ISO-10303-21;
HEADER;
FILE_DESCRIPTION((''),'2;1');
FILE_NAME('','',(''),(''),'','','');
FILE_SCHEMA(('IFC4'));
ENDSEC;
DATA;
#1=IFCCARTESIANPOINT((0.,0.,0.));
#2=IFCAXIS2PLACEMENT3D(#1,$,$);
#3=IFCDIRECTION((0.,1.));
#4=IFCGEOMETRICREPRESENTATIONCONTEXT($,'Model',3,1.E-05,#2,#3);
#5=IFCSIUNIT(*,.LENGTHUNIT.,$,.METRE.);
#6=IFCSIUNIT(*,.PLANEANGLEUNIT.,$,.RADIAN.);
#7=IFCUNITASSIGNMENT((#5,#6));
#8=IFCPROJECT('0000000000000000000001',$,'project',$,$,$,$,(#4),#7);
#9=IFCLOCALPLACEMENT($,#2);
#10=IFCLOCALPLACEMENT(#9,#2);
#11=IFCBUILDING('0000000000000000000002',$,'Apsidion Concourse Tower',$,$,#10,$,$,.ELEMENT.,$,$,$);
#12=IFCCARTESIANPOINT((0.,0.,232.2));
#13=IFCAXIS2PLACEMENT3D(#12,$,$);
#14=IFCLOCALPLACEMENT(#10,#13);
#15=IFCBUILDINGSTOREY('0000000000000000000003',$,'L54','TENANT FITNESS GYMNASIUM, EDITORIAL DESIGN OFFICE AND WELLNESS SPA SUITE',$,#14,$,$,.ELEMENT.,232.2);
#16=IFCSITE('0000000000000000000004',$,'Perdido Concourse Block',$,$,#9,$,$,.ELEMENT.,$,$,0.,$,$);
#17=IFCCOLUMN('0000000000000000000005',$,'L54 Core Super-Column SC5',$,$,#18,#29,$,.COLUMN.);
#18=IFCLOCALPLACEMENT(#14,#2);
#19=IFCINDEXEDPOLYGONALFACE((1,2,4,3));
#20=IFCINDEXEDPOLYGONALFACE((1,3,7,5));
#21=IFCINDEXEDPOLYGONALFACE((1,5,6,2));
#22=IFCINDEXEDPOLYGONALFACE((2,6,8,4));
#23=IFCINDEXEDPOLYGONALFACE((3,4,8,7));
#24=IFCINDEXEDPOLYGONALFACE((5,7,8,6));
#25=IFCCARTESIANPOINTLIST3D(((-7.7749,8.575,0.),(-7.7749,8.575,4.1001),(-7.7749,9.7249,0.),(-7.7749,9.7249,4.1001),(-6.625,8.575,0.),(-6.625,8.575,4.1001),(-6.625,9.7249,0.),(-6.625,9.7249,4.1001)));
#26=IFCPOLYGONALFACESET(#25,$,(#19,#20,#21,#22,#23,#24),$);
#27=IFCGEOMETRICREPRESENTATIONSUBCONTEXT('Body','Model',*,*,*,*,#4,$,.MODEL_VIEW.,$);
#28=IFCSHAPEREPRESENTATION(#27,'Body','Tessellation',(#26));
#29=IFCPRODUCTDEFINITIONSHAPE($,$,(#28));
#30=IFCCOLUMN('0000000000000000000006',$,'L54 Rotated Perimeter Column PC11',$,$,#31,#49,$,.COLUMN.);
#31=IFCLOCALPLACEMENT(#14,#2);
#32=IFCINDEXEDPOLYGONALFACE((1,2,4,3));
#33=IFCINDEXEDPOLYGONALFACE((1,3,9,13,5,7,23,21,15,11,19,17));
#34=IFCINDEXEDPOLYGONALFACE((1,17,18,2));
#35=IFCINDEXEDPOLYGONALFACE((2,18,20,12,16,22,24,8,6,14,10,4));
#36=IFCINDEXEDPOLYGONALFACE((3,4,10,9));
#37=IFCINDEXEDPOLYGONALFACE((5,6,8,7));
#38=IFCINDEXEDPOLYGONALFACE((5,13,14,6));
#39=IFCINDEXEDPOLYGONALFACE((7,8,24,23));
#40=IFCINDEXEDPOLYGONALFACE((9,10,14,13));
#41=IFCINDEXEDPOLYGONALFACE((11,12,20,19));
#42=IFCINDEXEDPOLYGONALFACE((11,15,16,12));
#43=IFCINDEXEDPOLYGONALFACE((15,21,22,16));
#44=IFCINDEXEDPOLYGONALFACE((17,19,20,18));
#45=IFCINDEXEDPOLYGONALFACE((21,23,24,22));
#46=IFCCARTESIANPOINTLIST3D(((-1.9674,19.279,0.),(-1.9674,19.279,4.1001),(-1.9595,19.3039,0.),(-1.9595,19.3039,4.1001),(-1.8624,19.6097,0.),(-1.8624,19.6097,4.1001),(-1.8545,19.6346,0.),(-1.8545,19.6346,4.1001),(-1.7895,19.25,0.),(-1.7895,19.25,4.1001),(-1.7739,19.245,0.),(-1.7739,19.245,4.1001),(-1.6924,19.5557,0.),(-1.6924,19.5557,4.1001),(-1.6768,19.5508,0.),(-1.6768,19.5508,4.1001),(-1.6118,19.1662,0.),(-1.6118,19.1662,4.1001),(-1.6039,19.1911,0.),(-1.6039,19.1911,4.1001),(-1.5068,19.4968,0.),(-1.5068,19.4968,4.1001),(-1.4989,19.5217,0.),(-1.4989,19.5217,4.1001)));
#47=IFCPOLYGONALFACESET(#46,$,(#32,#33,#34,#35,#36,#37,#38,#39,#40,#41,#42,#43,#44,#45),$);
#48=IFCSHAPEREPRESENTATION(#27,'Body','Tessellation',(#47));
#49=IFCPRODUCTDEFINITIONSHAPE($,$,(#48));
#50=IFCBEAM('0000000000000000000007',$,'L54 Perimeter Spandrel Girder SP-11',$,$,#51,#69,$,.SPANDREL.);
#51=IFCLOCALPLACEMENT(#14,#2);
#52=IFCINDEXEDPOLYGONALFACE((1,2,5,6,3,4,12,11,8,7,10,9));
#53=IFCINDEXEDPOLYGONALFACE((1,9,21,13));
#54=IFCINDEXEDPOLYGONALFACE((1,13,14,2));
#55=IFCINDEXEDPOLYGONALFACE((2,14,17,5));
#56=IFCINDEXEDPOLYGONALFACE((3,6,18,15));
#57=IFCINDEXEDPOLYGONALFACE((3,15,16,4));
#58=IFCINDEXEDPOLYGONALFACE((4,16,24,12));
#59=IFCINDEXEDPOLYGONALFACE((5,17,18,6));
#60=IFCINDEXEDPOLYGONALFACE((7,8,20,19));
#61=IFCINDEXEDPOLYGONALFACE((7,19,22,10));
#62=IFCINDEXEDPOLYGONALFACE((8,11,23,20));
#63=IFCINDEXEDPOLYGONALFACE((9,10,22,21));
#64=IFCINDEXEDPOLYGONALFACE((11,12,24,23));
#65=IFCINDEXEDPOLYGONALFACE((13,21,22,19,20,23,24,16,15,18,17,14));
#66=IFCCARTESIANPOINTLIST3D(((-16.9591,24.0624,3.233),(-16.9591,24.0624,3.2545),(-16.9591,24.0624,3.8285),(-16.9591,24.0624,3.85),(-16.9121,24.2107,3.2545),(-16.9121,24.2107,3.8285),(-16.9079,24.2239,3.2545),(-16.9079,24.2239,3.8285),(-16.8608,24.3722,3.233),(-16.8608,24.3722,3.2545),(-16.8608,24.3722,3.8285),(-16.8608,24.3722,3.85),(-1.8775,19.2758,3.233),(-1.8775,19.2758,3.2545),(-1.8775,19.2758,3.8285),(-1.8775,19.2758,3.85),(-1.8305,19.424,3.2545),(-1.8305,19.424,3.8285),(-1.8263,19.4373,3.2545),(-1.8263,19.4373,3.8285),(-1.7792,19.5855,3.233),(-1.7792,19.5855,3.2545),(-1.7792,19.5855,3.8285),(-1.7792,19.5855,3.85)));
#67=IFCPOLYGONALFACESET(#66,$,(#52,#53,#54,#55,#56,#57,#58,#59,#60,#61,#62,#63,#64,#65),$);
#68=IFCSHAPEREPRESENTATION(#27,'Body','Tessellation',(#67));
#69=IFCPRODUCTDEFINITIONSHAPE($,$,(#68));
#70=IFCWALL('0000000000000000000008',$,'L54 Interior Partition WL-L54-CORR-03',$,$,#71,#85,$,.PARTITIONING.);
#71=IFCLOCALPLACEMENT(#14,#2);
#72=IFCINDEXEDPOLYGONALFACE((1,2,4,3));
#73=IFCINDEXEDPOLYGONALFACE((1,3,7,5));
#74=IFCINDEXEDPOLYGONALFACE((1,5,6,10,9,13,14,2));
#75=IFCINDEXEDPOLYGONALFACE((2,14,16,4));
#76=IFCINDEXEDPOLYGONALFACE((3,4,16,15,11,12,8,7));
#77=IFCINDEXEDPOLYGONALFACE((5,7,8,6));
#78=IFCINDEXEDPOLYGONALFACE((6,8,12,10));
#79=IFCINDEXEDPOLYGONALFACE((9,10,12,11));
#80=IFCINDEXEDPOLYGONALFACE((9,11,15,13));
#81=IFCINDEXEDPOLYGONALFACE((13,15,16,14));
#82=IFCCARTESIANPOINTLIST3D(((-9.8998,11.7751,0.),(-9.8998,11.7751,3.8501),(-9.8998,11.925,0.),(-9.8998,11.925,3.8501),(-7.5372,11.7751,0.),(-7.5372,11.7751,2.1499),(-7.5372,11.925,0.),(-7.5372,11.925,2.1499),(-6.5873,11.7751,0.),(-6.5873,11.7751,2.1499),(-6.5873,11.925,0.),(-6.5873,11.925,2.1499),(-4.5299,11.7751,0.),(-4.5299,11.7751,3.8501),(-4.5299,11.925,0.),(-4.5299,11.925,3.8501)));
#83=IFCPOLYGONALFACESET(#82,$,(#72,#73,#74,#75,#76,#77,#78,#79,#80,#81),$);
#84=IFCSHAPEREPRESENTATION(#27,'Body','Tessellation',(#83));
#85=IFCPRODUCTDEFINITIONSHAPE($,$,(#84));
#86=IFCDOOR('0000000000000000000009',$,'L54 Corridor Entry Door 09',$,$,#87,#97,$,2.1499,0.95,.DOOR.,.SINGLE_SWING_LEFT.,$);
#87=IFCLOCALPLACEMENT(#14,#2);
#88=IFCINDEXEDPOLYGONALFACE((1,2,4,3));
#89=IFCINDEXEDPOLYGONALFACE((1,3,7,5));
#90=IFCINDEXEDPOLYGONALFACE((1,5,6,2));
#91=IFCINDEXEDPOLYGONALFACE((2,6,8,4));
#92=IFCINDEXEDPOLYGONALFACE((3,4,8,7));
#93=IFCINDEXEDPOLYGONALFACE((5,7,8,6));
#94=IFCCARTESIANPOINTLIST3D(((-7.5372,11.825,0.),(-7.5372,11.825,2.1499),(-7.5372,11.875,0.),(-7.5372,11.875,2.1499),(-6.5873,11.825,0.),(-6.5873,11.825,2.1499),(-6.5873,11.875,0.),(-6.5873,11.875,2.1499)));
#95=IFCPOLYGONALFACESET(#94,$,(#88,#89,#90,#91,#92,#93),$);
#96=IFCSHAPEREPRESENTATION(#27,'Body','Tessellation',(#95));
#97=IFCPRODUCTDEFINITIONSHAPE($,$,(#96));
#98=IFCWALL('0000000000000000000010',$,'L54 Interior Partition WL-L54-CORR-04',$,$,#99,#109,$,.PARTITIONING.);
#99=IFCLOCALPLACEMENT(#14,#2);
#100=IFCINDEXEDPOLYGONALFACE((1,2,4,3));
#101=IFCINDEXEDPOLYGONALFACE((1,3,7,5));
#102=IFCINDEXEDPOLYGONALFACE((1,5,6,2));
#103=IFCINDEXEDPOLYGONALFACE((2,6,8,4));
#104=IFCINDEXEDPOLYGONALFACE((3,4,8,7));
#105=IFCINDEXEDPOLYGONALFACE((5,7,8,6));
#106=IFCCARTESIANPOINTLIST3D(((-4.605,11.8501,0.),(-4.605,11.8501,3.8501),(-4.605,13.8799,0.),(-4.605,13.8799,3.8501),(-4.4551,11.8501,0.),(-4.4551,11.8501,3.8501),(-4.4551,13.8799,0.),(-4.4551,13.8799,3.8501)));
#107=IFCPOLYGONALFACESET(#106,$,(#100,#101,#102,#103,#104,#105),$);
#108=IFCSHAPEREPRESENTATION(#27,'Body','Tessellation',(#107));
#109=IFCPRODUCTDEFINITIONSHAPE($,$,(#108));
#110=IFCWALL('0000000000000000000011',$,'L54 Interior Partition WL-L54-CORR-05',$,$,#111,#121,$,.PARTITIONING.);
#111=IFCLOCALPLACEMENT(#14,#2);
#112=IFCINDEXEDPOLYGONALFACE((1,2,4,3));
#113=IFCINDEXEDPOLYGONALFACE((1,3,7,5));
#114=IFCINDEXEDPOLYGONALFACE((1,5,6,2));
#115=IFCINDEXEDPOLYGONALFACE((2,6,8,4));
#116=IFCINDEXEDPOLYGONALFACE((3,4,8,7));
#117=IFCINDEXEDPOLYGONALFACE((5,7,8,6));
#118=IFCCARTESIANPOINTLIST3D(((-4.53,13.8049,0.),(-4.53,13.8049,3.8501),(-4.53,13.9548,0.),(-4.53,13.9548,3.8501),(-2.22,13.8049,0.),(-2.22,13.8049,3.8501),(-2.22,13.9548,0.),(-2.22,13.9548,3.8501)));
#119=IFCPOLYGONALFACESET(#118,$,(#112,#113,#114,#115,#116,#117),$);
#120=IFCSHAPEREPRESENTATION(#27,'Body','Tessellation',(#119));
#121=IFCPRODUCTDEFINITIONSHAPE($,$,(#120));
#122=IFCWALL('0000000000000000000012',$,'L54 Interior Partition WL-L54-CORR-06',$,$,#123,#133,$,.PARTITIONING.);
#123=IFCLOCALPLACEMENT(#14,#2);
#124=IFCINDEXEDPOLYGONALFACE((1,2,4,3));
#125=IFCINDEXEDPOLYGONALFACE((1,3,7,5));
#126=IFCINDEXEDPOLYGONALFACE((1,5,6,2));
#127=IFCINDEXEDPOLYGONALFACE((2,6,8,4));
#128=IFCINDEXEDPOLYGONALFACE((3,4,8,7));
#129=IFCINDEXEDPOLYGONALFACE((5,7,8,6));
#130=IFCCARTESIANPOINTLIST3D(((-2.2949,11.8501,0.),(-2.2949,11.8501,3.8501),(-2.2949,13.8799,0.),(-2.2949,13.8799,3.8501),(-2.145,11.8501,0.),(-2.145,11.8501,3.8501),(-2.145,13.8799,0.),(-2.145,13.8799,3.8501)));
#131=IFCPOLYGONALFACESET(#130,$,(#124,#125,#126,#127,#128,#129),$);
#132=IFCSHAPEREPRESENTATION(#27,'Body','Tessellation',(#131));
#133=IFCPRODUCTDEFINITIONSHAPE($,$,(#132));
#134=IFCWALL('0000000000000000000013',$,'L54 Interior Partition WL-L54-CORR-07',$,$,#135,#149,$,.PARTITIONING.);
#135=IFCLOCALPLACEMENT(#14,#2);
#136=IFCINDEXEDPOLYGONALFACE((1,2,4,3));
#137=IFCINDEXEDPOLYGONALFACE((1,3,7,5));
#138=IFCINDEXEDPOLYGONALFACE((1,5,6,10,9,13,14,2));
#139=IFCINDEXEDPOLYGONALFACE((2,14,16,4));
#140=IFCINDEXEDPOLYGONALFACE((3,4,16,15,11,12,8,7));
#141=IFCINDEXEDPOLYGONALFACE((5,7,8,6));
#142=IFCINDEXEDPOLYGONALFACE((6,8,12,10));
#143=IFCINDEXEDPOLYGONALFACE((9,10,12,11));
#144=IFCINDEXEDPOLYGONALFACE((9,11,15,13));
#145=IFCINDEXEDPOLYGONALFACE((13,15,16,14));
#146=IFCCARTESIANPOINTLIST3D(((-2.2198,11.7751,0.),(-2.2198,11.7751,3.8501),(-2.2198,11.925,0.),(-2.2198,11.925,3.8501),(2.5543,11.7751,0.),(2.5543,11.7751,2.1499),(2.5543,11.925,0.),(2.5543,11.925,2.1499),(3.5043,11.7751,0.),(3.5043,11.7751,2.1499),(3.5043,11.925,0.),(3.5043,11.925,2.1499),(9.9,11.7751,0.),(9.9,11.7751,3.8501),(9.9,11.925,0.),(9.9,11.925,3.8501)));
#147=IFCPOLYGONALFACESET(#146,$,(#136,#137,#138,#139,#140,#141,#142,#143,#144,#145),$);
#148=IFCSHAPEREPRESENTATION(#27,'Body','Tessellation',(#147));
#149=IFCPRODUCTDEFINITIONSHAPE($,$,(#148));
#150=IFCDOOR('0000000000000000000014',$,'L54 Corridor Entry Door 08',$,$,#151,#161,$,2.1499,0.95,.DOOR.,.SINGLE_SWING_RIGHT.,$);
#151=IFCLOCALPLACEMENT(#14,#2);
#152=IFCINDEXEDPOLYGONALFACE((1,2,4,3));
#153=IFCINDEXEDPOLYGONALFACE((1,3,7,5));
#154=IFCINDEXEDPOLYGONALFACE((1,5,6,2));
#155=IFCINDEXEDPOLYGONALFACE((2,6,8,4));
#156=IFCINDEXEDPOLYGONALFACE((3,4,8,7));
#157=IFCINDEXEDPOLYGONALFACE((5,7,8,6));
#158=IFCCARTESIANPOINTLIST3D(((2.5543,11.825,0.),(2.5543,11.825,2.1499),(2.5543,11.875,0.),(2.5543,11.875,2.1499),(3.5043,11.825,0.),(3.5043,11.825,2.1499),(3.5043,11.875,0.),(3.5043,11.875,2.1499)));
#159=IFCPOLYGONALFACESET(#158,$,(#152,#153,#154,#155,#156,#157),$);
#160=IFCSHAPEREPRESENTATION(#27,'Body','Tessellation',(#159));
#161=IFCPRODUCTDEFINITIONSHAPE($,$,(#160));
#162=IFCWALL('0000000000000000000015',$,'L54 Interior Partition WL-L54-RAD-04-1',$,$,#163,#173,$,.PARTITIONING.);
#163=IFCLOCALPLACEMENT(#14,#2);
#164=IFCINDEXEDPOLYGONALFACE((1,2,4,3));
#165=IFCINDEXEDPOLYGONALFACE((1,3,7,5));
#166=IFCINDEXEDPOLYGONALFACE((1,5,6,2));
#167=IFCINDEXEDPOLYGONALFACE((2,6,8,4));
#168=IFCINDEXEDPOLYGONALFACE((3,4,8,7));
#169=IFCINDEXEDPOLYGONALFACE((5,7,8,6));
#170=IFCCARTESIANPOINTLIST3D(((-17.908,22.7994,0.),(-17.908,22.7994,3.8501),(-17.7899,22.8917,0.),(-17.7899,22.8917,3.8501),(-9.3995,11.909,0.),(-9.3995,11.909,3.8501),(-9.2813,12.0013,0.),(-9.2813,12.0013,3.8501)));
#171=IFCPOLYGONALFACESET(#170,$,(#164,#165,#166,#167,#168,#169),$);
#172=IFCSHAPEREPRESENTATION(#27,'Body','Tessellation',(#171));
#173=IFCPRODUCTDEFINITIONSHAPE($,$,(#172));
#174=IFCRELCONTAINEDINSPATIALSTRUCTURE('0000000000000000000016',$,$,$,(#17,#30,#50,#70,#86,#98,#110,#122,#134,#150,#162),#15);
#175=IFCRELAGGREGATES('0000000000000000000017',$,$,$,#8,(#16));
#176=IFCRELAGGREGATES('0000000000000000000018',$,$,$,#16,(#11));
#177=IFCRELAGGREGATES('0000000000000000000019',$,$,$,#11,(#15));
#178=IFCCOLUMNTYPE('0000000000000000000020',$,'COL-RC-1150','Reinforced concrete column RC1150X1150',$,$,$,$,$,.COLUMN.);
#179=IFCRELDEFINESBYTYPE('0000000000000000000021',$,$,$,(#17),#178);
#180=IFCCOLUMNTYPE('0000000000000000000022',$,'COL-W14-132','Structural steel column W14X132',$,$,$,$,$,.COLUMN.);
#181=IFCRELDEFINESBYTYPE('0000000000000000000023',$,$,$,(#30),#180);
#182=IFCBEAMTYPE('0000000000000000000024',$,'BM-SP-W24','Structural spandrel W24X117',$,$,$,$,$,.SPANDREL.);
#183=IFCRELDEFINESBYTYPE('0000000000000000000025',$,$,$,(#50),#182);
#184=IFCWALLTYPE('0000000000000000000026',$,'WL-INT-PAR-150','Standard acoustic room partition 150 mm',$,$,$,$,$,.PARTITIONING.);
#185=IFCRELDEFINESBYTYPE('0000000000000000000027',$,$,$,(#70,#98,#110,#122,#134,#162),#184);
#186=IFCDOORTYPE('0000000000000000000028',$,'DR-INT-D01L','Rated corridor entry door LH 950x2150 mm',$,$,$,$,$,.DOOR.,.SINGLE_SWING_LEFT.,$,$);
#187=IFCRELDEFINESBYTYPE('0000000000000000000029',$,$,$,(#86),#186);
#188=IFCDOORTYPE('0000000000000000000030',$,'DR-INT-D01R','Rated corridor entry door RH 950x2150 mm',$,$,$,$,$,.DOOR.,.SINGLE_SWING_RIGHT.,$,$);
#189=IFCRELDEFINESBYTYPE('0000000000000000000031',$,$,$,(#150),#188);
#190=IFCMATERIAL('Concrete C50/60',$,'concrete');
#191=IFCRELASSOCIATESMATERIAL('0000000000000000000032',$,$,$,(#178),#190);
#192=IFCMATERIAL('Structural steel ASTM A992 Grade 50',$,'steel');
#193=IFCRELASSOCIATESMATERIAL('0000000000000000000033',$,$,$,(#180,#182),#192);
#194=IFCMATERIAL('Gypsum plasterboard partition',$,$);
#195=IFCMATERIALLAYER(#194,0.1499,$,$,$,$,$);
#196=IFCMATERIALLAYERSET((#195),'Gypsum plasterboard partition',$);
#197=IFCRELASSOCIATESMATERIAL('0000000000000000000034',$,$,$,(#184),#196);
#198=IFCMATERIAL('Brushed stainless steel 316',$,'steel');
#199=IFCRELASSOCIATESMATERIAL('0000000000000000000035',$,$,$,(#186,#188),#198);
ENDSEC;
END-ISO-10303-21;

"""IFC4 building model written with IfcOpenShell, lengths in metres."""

from ifc_helpers import new_model, si_unit, direction, frame, frame_2d, origin, origin_2d, place, context, subcontext, project, spatial, rectangle, i_section, extrude, material, layer, layer_set, material_profile, profile_set, type_object, element, fill, save


model = new_model("IFC4")

# Units and contexts
model_context = context("Model", 3, precision=1e-05, world=origin(), true_north=direction((0.0, 1.0)))
body_context = subcontext(model_context, "Body", "Model", "MODEL_VIEW")
ifc_project = project(units=[si_unit("LENGTHUNIT", "METRE"), si_unit("PLANEANGLEUNIT", "RADIAN")], contexts=[model_context])

# Site, building, storey
site_placement = place(None, origin())
site = spatial("IfcSite", under=ifc_project, at=site_placement, Name="Perdido Concourse Block", CompositionType="ELEMENT", RefElevation=0.0)
building_placement = place(site_placement, origin())
building = spatial("IfcBuilding", under=site, at=building_placement, Name="Apsidion Concourse Tower", CompositionType="ELEMENT")
storey_placement = place(building_placement, frame((0.0, 0.0, 232.2)))
storey = spatial("IfcBuildingStorey", under=building, at=storey_placement, Name="L54", Description="TENANT FITNESS GYMNASIUM, EDITORIAL DESIGN OFFICE AND WELLNESS SPA SUITE", CompositionType="ELEMENT", Elevation=232.2)

# Columns
ifc_material_1 = material(Name="Concrete C50/60", Category="concrete")
ifc_material_profile_1 = material_profile(ifc_material_1, rectangle(XDim=1.1499, YDim=1.1499, at=origin_2d()), Name="RC 1150x1150")
ifc_profile_set_1 = profile_set([ifc_material_profile_1], Name="Concrete C50/60")
column_type_1 = type_object("IfcColumnType", Name="COL-RC-1150", Description="Reinforced concrete column RC1150X1150", PredefinedType="COLUMN", material=ifc_profile_set_1)
column_1_placement = place(storey_placement, frame((-7.2, 9.1499, 0.0), z_axis=(0.0, 0.0, 1.0), x_axis=(1.0, 0.0, 0.0)))
element("IfcColumn", 1, at=column_1_placement, inside=storey, type_object=column_type_1, Name="L54 Core Super-Column SC5", PredefinedType="COLUMN", context=body_context, shape_type="SweptSolid", body=[
    extrude(rectangle(XDim=1.1499, YDim=1.1499, at=origin_2d()), origin(), (0.0, 0.0, 1.0), 4.1001),
])
ifc_material_2 = material(Name="Structural steel ASTM A992 Grade 50", Category="steel")
ifc_material_profile_2 = material_profile(ifc_material_2, i_section(OverallWidth=0.373, OverallDepth=0.373, WebThickness=0.0164, FlangeThickness=0.0261, at=origin_2d()), Name="W14X132")
ifc_profile_set_2 = profile_set([ifc_material_profile_2], Name="Structural steel ASTM A992 Grade 50")
column_type_2 = type_object("IfcColumnType", Name="COL-W14-132", Description="Structural steel column W14X132", PredefinedType="COLUMN", material=ifc_profile_set_2)
column_2_placement = place(storey_placement, frame((-1.7332, 19.4004, 0.0), z_axis=(0.0, 0.0, 1.0), x_axis=(-0.953138, 0.302536, 0.0)))
element("IfcColumn", 2, at=column_2_placement, inside=storey, type_object=column_type_2, Name="L54 Rotated Perimeter Column PC11", PredefinedType="COLUMN", context=body_context, shape_type="SweptSolid", body=[
    extrude(i_section(OverallWidth=0.373, OverallDepth=0.373, WebThickness=0.0164, FlangeThickness=0.0261, at=origin_2d()), origin(), (0.0, 0.0, 1.0), 4.1001),
])

# Beam
ifc_material_profile_3 = material_profile(ifc_material_2, i_section(OverallWidth=0.325, OverallDepth=0.6169, WebThickness=0.0139, FlangeThickness=0.0215, at=origin_2d()), Name="W24X117")
ifc_profile_set_3 = profile_set([ifc_material_profile_3], Name="Structural steel ASTM A992 Grade 50")
beam_type = type_object("IfcBeamType", Name="BM-SP-W24", Description="Structural spandrel W24X117", PredefinedType="SPANDREL", material=ifc_profile_set_3)
beam_placement = place(storey_placement, frame((-1.8284, 19.4307, 3.5415), z_axis=(-0.953146, 0.302512, 0.0), x_axis=(-0.302512, -0.953146, 0.0)))
element("IfcBeam", 3, at=beam_placement, inside=storey, type_object=beam_type, Name="L54 Perimeter Spandrel Girder SP-11", PredefinedType="SPANDREL", context=body_context, shape_type="SweptSolid", body=[
    extrude(i_section(OverallWidth=0.325, OverallDepth=0.6169, WebThickness=0.0139, FlangeThickness=0.0215, at=origin_2d()), origin(), (0.0, 0.0, 1.0), 15.823),
])

# Wall, opening, door
ifc_material_3 = material(Name="Gypsum plasterboard partition")
ifc_layer_1 = layer(ifc_material_3, 0.1499)
ifc_layer_set_1 = layer_set([ifc_layer_1], Name="Gypsum plasterboard partition")
wall_type_1 = type_object("IfcWallType", Name="WL-INT-PAR-150", Description="Standard acoustic room partition 150 mm", PredefinedType="PARTITIONING", material=ifc_layer_set_1)
wall_1_placement = place(storey_placement, frame((-9.8999, 11.8501, 0.0), z_axis=(0.0, 0.0, 1.0), x_axis=(1.0, 0.0, 0.0)))
wall_1 = element("IfcWall", 4, at=wall_1_placement, inside=storey, type_object=wall_type_1, Name="L54 Interior Partition WL-L54-CORR-03", PredefinedType="PARTITIONING", context=body_context, shape_type="SweptSolid", body=[
    extrude(rectangle(XDim=5.3699, YDim=0.1499, at=frame_2d((2.6851, 0.0))), origin(), (0.0, 0.0, 1.0), 3.8501),
])
opening_1_placement = place(wall_1_placement, frame((2.3625, 0.0, 0.0)))
opening_1 = element("IfcOpeningElement", 5, at=opening_1_placement, cuts=wall_1, PredefinedType="OPENING", context=body_context, shape_type="SweptSolid", body=[
    extrude(rectangle(XDim=0.95, YDim=2.1499, at=frame_2d((0.4751, 1.075))), frame((0.0, 0.085, 0.0), z_axis=(0.0, -1.0, 0.0), x_axis=(1.0, 0.0, 0.0)), (0.0, 0.0, 1.0), 0.1699),
])
ifc_material_4 = material(Name="Brushed stainless steel 316", Category="steel")
door_type_1 = type_object("IfcDoorType", Name="DR-INT-D01L", Description="Rated corridor entry door LH 950x2150 mm", OperationType="SINGLE_SWING_LEFT", PredefinedType="DOOR", material=ifc_material_4)
door_1_placement = place(opening_1_placement, origin())
door_1 = element("IfcDoor", 6, at=door_1_placement, inside=storey, type_object=door_type_1, Name="L54 Corridor Entry Door 09", OperationType="SINGLE_SWING_LEFT", OverallHeight=2.1499, OverallWidth=0.95, PredefinedType="DOOR", context=body_context, shape_type="SweptSolid", body=[
    extrude(rectangle(XDim=0.95, YDim=2.1499, at=frame_2d((0.4751, 1.075))), frame((0.0, 0.0249, 0.0), z_axis=(0.0, -1.0, 0.0), x_axis=(1.0, 0.0, 0.0)), (0.0, 0.0, 1.0), 0.05),
])
fill(opening_1, door_1)

# Walls
wall_2_placement = place(storey_placement, frame((-4.53, 11.8501, 0.0), z_axis=(0.0, 0.0, 1.0), x_axis=(0.0, 1.0, 0.0)))
element("IfcWall", 7, at=wall_2_placement, inside=storey, type_object=wall_type_1, Name="L54 Interior Partition WL-L54-CORR-04", PredefinedType="PARTITIONING", context=body_context, shape_type="SweptSolid", body=[
    extrude(rectangle(XDim=2.0298, YDim=0.1499, at=frame_2d((1.0149, 0.0))), origin(), (0.0, 0.0, 1.0), 3.8501),
])
wall_3_placement = place(storey_placement, frame((-4.53, 13.8799, 0.0), z_axis=(0.0, 0.0, 1.0), x_axis=(1.0, 0.0, 0.0)))
element("IfcWall", 8, at=wall_3_placement, inside=storey, type_object=wall_type_1, Name="L54 Interior Partition WL-L54-CORR-05", PredefinedType="PARTITIONING", context=body_context, shape_type="SweptSolid", body=[
    extrude(rectangle(XDim=2.3101, YDim=0.1499, at=frame_2d((1.155, 0.0))), origin(), (0.0, 0.0, 1.0), 3.8501),
])
wall_4_placement = place(storey_placement, frame((-2.22, 13.8799, 0.0), z_axis=(0.0, 0.0, 1.0), x_axis=(0.0, -1.0, 0.0)))
element("IfcWall", 9, at=wall_4_placement, inside=storey, type_object=wall_type_1, Name="L54 Interior Partition WL-L54-CORR-06", PredefinedType="PARTITIONING", context=body_context, shape_type="SweptSolid", body=[
    extrude(rectangle(XDim=2.0298, YDim=0.1499, at=frame_2d((1.0149, 0.0))), origin(), (0.0, 0.0, 1.0), 3.8501),
])

# Wall, opening, door
wall_5_placement = place(storey_placement, frame((-2.22, 11.8501, 0.0), z_axis=(0.0, 0.0, 1.0), x_axis=(1.0, 0.0, 0.0)))
wall_5 = element("IfcWall", 10, at=wall_5_placement, inside=storey, type_object=wall_type_1, Name="L54 Interior Partition WL-L54-CORR-07", PredefinedType="PARTITIONING", context=body_context, shape_type="SweptSolid", body=[
    extrude(rectangle(XDim=12.1199, YDim=0.1499, at=frame_2d((6.0601, 0.0))), origin(), (0.0, 0.0, 1.0), 3.8501),
])
opening_2_placement = place(wall_5_placement, frame((4.7742, 0.0, 0.0)))
opening_2 = element("IfcOpeningElement", 11, at=opening_2_placement, cuts=wall_5, PredefinedType="OPENING", context=body_context, shape_type="SweptSolid", body=[
    extrude(rectangle(XDim=0.95, YDim=2.1499, at=frame_2d((0.4751, 1.075))), frame((0.0, 0.085, 0.0), z_axis=(0.0, -1.0, 0.0), x_axis=(1.0, 0.0, 0.0)), (0.0, 0.0, 1.0), 0.1699),
])
door_type_2 = type_object("IfcDoorType", Name="DR-INT-D01R", Description="Rated corridor entry door RH 950x2150 mm", OperationType="SINGLE_SWING_RIGHT", PredefinedType="DOOR", material=ifc_material_4)
door_2_placement = place(opening_2_placement, origin())
door_2 = element("IfcDoor", 12, at=door_2_placement, inside=storey, type_object=door_type_2, Name="L54 Corridor Entry Door 08", OperationType="SINGLE_SWING_RIGHT", OverallHeight=2.1499, OverallWidth=0.95, PredefinedType="DOOR", context=body_context, shape_type="SweptSolid", body=[
    extrude(rectangle(XDim=0.95, YDim=2.1499, at=frame_2d((0.4751, 1.075))), frame((0.0, 0.0249, 0.0), z_axis=(0.0, -1.0, 0.0), x_axis=(1.0, 0.0, 0.0)), (0.0, 0.0, 1.0), 0.05),
])
fill(opening_2, door_2)

# Wall
wall_6_placement = place(storey_placement, frame((-9.3403, 11.9551, 0.0), z_axis=(0.0, 0.0, 1.0), x_axis=(-0.615664, 0.788009, 0.0)))
element("IfcWall", 13, at=wall_6_placement, inside=storey, type_object=wall_type_1, Name="L54 Interior Partition WL-L54-RAD-04-1", PredefinedType="PARTITIONING", context=body_context, shape_type="SweptSolid", body=[
    extrude(rectangle(XDim=13.8201, YDim=0.1499, at=frame_2d((6.9102, 0.0))), origin(), (0.0, 0.0, 1.0), 3.8501),
])

save(model, "model.ifc")
